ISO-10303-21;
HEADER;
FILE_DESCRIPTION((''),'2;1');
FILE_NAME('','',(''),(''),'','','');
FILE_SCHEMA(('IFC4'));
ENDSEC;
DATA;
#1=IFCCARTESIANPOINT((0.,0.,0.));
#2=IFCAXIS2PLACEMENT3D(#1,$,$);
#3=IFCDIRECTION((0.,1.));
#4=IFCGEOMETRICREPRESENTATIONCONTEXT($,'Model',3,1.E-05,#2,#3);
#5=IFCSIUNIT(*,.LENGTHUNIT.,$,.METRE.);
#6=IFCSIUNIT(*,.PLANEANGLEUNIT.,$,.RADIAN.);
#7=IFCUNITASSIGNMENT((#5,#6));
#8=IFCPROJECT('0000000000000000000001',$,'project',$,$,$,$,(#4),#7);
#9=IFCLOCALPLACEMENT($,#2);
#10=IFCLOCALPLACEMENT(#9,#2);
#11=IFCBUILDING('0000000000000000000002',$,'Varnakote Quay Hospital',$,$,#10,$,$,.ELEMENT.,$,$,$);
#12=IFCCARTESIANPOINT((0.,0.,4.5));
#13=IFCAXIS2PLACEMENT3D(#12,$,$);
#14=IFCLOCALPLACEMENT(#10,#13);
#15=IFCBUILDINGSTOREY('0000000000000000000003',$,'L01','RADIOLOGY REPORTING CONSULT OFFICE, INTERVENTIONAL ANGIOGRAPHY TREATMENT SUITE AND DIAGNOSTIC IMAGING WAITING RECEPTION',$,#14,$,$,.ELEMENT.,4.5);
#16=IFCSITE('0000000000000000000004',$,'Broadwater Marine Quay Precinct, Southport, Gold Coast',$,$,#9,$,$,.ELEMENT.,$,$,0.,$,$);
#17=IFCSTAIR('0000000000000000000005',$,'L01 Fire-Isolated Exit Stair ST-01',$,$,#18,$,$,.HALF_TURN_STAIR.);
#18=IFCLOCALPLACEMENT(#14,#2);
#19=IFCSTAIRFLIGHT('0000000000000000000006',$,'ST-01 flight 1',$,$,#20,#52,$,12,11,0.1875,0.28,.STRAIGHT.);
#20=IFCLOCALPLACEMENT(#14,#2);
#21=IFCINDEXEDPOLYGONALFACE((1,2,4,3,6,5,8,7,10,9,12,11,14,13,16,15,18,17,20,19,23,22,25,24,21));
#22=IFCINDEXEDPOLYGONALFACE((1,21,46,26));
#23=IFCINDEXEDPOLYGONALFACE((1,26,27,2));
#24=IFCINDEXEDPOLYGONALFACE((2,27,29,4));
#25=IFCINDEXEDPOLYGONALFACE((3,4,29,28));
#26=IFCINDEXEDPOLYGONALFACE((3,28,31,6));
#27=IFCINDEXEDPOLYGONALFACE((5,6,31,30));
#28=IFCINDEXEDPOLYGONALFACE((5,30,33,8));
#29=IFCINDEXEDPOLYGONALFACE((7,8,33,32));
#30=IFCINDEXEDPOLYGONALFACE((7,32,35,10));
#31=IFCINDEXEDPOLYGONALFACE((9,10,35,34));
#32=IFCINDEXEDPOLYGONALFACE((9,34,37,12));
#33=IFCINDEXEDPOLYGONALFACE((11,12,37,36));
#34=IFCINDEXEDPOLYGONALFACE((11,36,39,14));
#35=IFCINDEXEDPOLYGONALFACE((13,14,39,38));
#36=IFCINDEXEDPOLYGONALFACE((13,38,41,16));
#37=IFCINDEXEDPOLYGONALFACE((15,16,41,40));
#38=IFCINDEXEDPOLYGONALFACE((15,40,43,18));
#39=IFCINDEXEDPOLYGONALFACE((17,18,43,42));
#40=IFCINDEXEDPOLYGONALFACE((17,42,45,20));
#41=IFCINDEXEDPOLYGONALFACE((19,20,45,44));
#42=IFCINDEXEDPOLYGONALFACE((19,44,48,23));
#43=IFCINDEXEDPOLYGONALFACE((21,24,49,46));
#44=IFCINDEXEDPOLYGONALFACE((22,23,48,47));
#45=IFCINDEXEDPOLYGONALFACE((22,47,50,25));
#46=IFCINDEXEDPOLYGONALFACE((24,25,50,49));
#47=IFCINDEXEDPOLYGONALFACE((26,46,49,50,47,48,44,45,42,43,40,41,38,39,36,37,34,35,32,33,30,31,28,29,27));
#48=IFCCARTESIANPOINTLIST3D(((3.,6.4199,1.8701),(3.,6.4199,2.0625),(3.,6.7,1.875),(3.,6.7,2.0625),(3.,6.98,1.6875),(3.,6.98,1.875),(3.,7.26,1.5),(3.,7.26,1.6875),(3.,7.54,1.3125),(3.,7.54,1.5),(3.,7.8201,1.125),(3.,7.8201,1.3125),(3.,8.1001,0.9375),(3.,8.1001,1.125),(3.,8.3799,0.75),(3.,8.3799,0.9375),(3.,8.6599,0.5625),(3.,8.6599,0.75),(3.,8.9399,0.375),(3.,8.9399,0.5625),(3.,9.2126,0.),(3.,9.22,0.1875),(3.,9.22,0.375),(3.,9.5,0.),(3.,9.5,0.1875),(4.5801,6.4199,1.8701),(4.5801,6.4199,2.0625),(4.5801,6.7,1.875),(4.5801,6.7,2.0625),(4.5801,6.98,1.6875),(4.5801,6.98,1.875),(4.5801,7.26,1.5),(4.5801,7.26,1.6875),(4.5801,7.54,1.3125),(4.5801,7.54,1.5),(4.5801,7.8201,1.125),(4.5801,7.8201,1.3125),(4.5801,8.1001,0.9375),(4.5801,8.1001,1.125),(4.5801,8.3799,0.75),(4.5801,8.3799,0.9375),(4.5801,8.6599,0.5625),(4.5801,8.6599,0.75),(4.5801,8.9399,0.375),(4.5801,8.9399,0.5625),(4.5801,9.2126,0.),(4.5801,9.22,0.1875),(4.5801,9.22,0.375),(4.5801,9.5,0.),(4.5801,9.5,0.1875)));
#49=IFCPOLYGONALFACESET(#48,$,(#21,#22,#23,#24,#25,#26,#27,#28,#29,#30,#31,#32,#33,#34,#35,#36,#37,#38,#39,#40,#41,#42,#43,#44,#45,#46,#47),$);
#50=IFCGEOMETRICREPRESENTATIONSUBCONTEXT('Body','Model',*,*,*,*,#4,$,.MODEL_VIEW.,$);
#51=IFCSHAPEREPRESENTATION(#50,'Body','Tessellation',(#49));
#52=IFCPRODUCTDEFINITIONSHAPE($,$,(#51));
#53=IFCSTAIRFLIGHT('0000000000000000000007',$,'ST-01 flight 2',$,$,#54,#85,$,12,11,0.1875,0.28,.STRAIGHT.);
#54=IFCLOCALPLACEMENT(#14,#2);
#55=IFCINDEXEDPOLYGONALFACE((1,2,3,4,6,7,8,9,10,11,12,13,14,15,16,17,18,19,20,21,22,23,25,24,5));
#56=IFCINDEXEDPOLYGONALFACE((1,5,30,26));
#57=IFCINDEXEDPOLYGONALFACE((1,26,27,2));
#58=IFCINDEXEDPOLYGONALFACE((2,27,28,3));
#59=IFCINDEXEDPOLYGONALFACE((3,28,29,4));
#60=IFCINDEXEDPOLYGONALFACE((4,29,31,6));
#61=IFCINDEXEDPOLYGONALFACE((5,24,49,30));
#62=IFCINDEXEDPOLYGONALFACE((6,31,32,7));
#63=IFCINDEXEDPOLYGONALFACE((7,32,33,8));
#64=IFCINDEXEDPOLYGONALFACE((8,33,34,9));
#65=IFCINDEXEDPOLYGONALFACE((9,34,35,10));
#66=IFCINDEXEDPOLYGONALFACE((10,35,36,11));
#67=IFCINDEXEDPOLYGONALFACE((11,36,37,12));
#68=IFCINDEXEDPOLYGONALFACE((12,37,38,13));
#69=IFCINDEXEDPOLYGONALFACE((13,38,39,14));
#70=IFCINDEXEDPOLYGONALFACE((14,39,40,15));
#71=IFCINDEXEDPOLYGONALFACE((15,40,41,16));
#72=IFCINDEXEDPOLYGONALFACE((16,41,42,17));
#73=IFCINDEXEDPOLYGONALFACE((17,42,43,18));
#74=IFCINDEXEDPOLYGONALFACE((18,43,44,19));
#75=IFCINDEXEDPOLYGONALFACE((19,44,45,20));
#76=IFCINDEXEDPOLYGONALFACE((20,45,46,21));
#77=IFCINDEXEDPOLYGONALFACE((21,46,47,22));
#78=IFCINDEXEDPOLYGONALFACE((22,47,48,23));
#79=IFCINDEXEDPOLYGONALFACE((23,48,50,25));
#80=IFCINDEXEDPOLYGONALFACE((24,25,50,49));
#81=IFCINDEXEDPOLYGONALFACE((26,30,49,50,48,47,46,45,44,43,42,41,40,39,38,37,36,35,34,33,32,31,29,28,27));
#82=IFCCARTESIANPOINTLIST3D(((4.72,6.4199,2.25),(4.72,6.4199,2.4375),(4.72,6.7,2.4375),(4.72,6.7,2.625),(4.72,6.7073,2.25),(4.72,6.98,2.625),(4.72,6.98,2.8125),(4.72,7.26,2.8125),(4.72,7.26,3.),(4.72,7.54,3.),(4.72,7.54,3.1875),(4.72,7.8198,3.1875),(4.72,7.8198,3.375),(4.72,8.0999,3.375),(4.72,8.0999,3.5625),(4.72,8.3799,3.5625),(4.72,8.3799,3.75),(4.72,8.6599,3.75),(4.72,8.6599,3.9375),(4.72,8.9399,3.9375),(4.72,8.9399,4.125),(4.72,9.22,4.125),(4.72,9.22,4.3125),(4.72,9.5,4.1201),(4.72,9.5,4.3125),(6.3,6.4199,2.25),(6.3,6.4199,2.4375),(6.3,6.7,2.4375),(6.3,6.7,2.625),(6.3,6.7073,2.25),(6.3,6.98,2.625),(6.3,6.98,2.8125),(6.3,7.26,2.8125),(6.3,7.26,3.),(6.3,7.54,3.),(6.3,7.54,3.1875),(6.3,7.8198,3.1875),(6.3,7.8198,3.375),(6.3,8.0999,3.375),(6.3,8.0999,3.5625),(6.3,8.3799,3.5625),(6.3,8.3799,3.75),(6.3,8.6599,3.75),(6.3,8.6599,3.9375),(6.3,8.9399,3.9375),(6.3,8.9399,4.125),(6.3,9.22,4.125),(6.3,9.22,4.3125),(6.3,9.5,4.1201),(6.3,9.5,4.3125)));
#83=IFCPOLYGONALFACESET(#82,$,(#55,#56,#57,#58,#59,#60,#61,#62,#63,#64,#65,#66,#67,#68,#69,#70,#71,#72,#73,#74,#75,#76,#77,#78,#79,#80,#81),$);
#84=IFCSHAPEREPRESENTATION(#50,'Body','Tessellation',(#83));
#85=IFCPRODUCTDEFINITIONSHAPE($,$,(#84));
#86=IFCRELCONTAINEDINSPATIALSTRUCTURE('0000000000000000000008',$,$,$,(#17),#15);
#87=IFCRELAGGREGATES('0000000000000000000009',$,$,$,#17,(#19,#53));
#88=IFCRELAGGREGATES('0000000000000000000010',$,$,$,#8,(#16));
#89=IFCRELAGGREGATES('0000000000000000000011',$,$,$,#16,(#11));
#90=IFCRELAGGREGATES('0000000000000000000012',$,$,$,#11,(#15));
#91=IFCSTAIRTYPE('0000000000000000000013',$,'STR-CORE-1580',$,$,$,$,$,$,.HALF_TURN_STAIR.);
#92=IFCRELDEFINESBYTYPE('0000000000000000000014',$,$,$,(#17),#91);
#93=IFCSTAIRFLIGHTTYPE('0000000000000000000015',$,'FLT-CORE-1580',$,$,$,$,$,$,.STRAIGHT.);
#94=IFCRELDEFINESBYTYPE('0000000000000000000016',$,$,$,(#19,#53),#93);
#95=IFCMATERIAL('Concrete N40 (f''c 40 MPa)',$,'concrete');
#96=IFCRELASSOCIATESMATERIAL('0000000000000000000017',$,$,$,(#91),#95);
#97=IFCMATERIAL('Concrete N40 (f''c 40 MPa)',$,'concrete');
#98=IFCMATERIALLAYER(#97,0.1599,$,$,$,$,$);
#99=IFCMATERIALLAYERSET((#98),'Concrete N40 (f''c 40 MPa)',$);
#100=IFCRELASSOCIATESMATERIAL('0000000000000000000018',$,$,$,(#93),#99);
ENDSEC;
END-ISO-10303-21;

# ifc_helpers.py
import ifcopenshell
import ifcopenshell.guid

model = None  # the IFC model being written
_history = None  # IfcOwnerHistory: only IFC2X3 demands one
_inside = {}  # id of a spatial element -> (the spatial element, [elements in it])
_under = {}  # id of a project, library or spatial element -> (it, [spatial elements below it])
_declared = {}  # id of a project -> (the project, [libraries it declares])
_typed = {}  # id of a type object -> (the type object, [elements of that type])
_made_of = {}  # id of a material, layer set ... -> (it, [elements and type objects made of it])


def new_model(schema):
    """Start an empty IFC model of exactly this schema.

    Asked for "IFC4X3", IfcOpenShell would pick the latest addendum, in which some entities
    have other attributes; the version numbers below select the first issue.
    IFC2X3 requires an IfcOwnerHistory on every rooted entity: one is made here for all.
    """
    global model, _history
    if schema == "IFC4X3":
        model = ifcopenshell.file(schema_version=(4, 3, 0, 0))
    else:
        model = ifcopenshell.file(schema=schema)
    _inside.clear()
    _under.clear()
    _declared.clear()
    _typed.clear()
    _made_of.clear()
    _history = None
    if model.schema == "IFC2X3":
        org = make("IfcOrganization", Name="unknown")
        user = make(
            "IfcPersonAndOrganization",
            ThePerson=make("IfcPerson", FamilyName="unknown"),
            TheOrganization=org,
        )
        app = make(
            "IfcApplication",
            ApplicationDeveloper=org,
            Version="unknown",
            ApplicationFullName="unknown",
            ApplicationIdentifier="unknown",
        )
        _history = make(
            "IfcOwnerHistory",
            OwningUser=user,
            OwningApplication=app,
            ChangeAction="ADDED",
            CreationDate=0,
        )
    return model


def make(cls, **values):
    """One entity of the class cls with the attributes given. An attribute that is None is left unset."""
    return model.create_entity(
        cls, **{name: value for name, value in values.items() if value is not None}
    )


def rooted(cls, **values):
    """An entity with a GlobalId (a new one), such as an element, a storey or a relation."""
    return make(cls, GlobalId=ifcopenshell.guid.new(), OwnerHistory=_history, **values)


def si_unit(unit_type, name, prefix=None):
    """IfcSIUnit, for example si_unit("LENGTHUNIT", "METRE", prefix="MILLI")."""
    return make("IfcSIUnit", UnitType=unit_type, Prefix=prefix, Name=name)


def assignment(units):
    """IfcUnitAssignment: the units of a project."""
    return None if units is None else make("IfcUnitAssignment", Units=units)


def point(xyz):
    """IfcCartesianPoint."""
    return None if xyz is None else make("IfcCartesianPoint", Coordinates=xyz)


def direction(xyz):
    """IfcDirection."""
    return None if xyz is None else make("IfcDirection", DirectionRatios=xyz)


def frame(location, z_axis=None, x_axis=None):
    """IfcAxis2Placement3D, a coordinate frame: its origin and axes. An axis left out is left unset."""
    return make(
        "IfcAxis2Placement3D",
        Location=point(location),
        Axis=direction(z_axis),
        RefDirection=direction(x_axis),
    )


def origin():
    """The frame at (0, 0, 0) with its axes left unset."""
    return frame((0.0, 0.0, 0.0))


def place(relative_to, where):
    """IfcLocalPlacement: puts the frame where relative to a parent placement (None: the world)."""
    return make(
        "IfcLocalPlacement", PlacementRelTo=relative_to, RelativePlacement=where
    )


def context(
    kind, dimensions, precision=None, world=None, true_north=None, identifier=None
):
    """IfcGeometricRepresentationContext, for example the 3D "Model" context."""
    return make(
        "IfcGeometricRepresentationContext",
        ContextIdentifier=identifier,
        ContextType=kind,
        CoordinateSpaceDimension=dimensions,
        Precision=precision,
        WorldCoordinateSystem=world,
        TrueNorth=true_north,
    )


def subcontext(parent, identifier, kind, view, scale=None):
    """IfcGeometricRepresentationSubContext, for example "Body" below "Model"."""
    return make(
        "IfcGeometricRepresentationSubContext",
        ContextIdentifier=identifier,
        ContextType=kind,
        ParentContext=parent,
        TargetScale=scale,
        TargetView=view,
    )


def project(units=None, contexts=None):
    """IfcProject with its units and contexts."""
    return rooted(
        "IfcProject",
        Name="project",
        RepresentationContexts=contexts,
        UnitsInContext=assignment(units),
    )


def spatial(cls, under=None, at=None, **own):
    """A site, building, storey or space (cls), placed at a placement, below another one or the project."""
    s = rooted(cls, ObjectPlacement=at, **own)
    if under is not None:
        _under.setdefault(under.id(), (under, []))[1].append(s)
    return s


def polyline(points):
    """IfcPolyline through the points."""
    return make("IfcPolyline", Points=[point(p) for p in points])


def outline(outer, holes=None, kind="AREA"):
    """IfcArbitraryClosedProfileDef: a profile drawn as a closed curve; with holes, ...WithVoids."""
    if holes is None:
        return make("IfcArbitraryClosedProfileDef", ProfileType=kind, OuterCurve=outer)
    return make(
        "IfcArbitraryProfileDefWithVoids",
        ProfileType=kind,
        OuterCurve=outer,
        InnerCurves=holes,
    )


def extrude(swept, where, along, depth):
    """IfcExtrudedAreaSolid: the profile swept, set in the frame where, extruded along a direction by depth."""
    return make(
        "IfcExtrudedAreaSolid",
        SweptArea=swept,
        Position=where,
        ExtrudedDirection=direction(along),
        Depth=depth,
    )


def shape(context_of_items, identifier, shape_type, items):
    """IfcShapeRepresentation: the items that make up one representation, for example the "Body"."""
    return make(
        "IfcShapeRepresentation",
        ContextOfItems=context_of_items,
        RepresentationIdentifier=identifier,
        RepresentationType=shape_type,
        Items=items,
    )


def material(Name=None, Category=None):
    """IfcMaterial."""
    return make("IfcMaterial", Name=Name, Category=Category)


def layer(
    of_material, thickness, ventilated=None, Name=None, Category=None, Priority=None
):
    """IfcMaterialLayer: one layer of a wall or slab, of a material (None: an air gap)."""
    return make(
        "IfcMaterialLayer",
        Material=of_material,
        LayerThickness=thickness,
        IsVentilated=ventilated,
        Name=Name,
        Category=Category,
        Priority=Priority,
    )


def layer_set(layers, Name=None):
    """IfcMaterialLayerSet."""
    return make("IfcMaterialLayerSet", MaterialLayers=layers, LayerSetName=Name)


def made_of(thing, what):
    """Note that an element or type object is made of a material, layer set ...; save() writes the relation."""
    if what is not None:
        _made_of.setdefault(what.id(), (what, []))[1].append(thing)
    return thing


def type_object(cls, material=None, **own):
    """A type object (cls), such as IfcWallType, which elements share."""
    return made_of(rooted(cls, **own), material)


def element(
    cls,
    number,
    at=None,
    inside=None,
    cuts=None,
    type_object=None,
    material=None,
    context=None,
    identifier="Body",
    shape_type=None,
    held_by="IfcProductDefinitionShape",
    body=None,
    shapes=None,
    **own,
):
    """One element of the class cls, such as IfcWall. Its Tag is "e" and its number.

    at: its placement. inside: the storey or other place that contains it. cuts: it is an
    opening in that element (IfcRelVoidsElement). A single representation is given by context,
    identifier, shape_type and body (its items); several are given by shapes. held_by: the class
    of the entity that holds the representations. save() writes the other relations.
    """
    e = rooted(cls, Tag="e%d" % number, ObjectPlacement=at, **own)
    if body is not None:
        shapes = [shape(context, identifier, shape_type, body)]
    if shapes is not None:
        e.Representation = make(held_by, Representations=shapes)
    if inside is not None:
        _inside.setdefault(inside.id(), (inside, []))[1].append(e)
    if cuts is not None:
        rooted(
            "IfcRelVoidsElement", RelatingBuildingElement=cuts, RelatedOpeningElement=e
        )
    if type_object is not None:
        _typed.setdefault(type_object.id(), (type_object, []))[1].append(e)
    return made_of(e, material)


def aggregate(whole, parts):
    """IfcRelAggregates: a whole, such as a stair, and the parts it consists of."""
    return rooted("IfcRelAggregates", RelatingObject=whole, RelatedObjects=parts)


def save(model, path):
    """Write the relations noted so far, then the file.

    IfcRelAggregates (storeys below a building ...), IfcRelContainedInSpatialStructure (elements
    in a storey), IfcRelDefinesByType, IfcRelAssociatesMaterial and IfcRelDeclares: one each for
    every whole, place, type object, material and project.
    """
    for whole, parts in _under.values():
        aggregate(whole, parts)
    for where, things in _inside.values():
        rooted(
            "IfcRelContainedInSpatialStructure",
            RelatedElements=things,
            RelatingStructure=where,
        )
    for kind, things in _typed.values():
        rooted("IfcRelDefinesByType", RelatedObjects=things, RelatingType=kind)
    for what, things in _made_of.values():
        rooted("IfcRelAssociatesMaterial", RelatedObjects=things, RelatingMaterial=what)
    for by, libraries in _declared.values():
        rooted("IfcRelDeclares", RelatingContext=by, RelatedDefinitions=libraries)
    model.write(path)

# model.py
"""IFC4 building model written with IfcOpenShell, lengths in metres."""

from ifc_helpers import new_model, si_unit, direction, frame, origin, place, context, subcontext, project, spatial, polyline, outline, extrude, material, layer, layer_set, type_object, element, aggregate, save


model = new_model("IFC4")

# Units and contexts
model_context = context("Model", 3, precision=1e-05, world=origin(), true_north=direction((0.0, 1.0)))
body_context = subcontext(model_context, "Body", "Model", "MODEL_VIEW")
ifc_project = project(units=[si_unit("LENGTHUNIT", "METRE"), si_unit("PLANEANGLEUNIT", "RADIAN")], contexts=[model_context])

# Site, building, storey
site_placement = place(None, origin())
site = spatial("IfcSite", under=ifc_project, at=site_placement, Name="Broadwater Marine Quay Precinct, Southport, Gold Coast", CompositionType="ELEMENT", RefElevation=0.0)
building_placement = place(site_placement, origin())
building = spatial("IfcBuilding", under=site, at=building_placement, Name="Varnakote Quay Hospital", CompositionType="ELEMENT")
storey_placement = place(building_placement, frame((0.0, 0.0, 4.5)))
storey = spatial("IfcBuildingStorey", under=building, at=storey_placement, Name="L01", Description="RADIOLOGY REPORTING CONSULT OFFICE, INTERVENTIONAL ANGIOGRAPHY TREATMENT SUITE AND DIAGNOSTIC IMAGING WAITING RECEPTION", CompositionType="ELEMENT", Elevation=4.5)

# Stair
ifc_material_1 = material(Name="Concrete N40 (f'c 40 MPa)", Category="concrete")
stair_type_1 = type_object("IfcStairType", Name="STR-CORE-1580", PredefinedType="HALF_TURN_STAIR", material=ifc_material_1)
stair_1_placement = place(storey_placement, origin())
stair_1 = element("IfcStair", 1, at=stair_1_placement, inside=storey, type_object=stair_type_1, Name="L01 Fire-Isolated Exit Stair ST-01", PredefinedType="HALF_TURN_STAIR")

# Stair flights
ifc_material_2 = material(Name="Concrete N40 (f'c 40 MPa)", Category="concrete")
ifc_layer_1 = layer(ifc_material_2, 0.1599)
ifc_layer_set_1 = layer_set([ifc_layer_1], Name="Concrete N40 (f'c 40 MPa)")
stair_flight_type = type_object("IfcStairFlightType", Name="FLT-CORE-1580", PredefinedType="STRAIGHT", material=ifc_layer_set_1)
stair_flight_1_placement = place(storey_placement, frame((3.79, 9.5, 0.0), z_axis=(0.0, 0.0, 1.0), x_axis=(0.0, -1.0, 0.0)))
stair_flight_1 = element("IfcStairFlight", 2, at=stair_flight_1_placement, type_object=stair_flight_type, Name="ST-01 flight 1", NumberOfRisers=12, NumberOfTreads=11, PredefinedType="STRAIGHT", RiserHeight=0.1875, TreadLength=0.28, context=body_context, shape_type="SweptSolid", body=[
    extrude(outline(polyline([(0.0, 0.0), (0.0, 0.1875), (0.28, 0.1875), (0.28, 0.375), (0.5601, 0.375), (0.5601, 0.5625), (0.8401, 0.5625), (0.8401, 0.75), (1.1201, 0.75), (1.1201, 0.9375), (1.3999, 0.9375), (1.3999, 1.125), (1.6799, 1.125), (1.6799, 1.3125), (1.96, 1.3125), (1.96, 1.5), (2.24, 1.5), (2.24, 1.6875), (2.52, 1.6875), (2.52, 1.875), (2.8, 1.875), (2.8, 2.0625), (3.0801, 2.0625), (3.0801, 2.25), (3.0801, 1.8701), (0.2874, 0.0), (0.0, 0.0)])), frame((0.0, 0.79, 0.0), z_axis=(0.0, -1.0, 0.0), x_axis=(1.0, 0.0, 0.0)), (0.0, 0.0, 1.0), 1.5801),
])
stair_flight_2_placement = place(storey_placement, frame((5.51, 6.4199, 2.25), z_axis=(0.0, 0.0, 1.0), x_axis=(0.0, 1.0, 0.0)))
stair_flight_2 = element("IfcStairFlight", 3, at=stair_flight_2_placement, type_object=stair_flight_type, Name="ST-01 flight 2", NumberOfRisers=12, NumberOfTreads=11, PredefinedType="STRAIGHT", RiserHeight=0.1875, TreadLength=0.28, context=body_context, shape_type="SweptSolid", body=[
    extrude(outline(polyline([(0.0, 0.0), (0.0, 0.1875), (0.28, 0.1875), (0.28, 0.375), (0.5601, 0.375), (0.5601, 0.5625), (0.8401, 0.5625), (0.8401, 0.75), (1.1201, 0.75), (1.1201, 0.9375), (1.3999, 0.9375), (1.3999, 1.125), (1.6799, 1.125), (1.6799, 1.3125), (1.96, 1.3125), (1.96, 1.5), (2.24, 1.5), (2.24, 1.6875), (2.52, 1.6875), (2.52, 1.875), (2.8, 1.875), (2.8, 2.0625), (3.0801, 2.0625), (3.0801, 2.25), (3.0801, 1.8701), (0.2874, 0.0), (0.0, 0.0)])), frame((0.0, 0.79, 0.0), z_axis=(0.0, -1.0, 0.0), x_axis=(1.0, 0.0, 0.0)), (0.0, 0.0, 1.0), 1.5801),
])
aggregate(stair_1, [stair_flight_1, stair_flight_2])

save(model, "model.ifc")
